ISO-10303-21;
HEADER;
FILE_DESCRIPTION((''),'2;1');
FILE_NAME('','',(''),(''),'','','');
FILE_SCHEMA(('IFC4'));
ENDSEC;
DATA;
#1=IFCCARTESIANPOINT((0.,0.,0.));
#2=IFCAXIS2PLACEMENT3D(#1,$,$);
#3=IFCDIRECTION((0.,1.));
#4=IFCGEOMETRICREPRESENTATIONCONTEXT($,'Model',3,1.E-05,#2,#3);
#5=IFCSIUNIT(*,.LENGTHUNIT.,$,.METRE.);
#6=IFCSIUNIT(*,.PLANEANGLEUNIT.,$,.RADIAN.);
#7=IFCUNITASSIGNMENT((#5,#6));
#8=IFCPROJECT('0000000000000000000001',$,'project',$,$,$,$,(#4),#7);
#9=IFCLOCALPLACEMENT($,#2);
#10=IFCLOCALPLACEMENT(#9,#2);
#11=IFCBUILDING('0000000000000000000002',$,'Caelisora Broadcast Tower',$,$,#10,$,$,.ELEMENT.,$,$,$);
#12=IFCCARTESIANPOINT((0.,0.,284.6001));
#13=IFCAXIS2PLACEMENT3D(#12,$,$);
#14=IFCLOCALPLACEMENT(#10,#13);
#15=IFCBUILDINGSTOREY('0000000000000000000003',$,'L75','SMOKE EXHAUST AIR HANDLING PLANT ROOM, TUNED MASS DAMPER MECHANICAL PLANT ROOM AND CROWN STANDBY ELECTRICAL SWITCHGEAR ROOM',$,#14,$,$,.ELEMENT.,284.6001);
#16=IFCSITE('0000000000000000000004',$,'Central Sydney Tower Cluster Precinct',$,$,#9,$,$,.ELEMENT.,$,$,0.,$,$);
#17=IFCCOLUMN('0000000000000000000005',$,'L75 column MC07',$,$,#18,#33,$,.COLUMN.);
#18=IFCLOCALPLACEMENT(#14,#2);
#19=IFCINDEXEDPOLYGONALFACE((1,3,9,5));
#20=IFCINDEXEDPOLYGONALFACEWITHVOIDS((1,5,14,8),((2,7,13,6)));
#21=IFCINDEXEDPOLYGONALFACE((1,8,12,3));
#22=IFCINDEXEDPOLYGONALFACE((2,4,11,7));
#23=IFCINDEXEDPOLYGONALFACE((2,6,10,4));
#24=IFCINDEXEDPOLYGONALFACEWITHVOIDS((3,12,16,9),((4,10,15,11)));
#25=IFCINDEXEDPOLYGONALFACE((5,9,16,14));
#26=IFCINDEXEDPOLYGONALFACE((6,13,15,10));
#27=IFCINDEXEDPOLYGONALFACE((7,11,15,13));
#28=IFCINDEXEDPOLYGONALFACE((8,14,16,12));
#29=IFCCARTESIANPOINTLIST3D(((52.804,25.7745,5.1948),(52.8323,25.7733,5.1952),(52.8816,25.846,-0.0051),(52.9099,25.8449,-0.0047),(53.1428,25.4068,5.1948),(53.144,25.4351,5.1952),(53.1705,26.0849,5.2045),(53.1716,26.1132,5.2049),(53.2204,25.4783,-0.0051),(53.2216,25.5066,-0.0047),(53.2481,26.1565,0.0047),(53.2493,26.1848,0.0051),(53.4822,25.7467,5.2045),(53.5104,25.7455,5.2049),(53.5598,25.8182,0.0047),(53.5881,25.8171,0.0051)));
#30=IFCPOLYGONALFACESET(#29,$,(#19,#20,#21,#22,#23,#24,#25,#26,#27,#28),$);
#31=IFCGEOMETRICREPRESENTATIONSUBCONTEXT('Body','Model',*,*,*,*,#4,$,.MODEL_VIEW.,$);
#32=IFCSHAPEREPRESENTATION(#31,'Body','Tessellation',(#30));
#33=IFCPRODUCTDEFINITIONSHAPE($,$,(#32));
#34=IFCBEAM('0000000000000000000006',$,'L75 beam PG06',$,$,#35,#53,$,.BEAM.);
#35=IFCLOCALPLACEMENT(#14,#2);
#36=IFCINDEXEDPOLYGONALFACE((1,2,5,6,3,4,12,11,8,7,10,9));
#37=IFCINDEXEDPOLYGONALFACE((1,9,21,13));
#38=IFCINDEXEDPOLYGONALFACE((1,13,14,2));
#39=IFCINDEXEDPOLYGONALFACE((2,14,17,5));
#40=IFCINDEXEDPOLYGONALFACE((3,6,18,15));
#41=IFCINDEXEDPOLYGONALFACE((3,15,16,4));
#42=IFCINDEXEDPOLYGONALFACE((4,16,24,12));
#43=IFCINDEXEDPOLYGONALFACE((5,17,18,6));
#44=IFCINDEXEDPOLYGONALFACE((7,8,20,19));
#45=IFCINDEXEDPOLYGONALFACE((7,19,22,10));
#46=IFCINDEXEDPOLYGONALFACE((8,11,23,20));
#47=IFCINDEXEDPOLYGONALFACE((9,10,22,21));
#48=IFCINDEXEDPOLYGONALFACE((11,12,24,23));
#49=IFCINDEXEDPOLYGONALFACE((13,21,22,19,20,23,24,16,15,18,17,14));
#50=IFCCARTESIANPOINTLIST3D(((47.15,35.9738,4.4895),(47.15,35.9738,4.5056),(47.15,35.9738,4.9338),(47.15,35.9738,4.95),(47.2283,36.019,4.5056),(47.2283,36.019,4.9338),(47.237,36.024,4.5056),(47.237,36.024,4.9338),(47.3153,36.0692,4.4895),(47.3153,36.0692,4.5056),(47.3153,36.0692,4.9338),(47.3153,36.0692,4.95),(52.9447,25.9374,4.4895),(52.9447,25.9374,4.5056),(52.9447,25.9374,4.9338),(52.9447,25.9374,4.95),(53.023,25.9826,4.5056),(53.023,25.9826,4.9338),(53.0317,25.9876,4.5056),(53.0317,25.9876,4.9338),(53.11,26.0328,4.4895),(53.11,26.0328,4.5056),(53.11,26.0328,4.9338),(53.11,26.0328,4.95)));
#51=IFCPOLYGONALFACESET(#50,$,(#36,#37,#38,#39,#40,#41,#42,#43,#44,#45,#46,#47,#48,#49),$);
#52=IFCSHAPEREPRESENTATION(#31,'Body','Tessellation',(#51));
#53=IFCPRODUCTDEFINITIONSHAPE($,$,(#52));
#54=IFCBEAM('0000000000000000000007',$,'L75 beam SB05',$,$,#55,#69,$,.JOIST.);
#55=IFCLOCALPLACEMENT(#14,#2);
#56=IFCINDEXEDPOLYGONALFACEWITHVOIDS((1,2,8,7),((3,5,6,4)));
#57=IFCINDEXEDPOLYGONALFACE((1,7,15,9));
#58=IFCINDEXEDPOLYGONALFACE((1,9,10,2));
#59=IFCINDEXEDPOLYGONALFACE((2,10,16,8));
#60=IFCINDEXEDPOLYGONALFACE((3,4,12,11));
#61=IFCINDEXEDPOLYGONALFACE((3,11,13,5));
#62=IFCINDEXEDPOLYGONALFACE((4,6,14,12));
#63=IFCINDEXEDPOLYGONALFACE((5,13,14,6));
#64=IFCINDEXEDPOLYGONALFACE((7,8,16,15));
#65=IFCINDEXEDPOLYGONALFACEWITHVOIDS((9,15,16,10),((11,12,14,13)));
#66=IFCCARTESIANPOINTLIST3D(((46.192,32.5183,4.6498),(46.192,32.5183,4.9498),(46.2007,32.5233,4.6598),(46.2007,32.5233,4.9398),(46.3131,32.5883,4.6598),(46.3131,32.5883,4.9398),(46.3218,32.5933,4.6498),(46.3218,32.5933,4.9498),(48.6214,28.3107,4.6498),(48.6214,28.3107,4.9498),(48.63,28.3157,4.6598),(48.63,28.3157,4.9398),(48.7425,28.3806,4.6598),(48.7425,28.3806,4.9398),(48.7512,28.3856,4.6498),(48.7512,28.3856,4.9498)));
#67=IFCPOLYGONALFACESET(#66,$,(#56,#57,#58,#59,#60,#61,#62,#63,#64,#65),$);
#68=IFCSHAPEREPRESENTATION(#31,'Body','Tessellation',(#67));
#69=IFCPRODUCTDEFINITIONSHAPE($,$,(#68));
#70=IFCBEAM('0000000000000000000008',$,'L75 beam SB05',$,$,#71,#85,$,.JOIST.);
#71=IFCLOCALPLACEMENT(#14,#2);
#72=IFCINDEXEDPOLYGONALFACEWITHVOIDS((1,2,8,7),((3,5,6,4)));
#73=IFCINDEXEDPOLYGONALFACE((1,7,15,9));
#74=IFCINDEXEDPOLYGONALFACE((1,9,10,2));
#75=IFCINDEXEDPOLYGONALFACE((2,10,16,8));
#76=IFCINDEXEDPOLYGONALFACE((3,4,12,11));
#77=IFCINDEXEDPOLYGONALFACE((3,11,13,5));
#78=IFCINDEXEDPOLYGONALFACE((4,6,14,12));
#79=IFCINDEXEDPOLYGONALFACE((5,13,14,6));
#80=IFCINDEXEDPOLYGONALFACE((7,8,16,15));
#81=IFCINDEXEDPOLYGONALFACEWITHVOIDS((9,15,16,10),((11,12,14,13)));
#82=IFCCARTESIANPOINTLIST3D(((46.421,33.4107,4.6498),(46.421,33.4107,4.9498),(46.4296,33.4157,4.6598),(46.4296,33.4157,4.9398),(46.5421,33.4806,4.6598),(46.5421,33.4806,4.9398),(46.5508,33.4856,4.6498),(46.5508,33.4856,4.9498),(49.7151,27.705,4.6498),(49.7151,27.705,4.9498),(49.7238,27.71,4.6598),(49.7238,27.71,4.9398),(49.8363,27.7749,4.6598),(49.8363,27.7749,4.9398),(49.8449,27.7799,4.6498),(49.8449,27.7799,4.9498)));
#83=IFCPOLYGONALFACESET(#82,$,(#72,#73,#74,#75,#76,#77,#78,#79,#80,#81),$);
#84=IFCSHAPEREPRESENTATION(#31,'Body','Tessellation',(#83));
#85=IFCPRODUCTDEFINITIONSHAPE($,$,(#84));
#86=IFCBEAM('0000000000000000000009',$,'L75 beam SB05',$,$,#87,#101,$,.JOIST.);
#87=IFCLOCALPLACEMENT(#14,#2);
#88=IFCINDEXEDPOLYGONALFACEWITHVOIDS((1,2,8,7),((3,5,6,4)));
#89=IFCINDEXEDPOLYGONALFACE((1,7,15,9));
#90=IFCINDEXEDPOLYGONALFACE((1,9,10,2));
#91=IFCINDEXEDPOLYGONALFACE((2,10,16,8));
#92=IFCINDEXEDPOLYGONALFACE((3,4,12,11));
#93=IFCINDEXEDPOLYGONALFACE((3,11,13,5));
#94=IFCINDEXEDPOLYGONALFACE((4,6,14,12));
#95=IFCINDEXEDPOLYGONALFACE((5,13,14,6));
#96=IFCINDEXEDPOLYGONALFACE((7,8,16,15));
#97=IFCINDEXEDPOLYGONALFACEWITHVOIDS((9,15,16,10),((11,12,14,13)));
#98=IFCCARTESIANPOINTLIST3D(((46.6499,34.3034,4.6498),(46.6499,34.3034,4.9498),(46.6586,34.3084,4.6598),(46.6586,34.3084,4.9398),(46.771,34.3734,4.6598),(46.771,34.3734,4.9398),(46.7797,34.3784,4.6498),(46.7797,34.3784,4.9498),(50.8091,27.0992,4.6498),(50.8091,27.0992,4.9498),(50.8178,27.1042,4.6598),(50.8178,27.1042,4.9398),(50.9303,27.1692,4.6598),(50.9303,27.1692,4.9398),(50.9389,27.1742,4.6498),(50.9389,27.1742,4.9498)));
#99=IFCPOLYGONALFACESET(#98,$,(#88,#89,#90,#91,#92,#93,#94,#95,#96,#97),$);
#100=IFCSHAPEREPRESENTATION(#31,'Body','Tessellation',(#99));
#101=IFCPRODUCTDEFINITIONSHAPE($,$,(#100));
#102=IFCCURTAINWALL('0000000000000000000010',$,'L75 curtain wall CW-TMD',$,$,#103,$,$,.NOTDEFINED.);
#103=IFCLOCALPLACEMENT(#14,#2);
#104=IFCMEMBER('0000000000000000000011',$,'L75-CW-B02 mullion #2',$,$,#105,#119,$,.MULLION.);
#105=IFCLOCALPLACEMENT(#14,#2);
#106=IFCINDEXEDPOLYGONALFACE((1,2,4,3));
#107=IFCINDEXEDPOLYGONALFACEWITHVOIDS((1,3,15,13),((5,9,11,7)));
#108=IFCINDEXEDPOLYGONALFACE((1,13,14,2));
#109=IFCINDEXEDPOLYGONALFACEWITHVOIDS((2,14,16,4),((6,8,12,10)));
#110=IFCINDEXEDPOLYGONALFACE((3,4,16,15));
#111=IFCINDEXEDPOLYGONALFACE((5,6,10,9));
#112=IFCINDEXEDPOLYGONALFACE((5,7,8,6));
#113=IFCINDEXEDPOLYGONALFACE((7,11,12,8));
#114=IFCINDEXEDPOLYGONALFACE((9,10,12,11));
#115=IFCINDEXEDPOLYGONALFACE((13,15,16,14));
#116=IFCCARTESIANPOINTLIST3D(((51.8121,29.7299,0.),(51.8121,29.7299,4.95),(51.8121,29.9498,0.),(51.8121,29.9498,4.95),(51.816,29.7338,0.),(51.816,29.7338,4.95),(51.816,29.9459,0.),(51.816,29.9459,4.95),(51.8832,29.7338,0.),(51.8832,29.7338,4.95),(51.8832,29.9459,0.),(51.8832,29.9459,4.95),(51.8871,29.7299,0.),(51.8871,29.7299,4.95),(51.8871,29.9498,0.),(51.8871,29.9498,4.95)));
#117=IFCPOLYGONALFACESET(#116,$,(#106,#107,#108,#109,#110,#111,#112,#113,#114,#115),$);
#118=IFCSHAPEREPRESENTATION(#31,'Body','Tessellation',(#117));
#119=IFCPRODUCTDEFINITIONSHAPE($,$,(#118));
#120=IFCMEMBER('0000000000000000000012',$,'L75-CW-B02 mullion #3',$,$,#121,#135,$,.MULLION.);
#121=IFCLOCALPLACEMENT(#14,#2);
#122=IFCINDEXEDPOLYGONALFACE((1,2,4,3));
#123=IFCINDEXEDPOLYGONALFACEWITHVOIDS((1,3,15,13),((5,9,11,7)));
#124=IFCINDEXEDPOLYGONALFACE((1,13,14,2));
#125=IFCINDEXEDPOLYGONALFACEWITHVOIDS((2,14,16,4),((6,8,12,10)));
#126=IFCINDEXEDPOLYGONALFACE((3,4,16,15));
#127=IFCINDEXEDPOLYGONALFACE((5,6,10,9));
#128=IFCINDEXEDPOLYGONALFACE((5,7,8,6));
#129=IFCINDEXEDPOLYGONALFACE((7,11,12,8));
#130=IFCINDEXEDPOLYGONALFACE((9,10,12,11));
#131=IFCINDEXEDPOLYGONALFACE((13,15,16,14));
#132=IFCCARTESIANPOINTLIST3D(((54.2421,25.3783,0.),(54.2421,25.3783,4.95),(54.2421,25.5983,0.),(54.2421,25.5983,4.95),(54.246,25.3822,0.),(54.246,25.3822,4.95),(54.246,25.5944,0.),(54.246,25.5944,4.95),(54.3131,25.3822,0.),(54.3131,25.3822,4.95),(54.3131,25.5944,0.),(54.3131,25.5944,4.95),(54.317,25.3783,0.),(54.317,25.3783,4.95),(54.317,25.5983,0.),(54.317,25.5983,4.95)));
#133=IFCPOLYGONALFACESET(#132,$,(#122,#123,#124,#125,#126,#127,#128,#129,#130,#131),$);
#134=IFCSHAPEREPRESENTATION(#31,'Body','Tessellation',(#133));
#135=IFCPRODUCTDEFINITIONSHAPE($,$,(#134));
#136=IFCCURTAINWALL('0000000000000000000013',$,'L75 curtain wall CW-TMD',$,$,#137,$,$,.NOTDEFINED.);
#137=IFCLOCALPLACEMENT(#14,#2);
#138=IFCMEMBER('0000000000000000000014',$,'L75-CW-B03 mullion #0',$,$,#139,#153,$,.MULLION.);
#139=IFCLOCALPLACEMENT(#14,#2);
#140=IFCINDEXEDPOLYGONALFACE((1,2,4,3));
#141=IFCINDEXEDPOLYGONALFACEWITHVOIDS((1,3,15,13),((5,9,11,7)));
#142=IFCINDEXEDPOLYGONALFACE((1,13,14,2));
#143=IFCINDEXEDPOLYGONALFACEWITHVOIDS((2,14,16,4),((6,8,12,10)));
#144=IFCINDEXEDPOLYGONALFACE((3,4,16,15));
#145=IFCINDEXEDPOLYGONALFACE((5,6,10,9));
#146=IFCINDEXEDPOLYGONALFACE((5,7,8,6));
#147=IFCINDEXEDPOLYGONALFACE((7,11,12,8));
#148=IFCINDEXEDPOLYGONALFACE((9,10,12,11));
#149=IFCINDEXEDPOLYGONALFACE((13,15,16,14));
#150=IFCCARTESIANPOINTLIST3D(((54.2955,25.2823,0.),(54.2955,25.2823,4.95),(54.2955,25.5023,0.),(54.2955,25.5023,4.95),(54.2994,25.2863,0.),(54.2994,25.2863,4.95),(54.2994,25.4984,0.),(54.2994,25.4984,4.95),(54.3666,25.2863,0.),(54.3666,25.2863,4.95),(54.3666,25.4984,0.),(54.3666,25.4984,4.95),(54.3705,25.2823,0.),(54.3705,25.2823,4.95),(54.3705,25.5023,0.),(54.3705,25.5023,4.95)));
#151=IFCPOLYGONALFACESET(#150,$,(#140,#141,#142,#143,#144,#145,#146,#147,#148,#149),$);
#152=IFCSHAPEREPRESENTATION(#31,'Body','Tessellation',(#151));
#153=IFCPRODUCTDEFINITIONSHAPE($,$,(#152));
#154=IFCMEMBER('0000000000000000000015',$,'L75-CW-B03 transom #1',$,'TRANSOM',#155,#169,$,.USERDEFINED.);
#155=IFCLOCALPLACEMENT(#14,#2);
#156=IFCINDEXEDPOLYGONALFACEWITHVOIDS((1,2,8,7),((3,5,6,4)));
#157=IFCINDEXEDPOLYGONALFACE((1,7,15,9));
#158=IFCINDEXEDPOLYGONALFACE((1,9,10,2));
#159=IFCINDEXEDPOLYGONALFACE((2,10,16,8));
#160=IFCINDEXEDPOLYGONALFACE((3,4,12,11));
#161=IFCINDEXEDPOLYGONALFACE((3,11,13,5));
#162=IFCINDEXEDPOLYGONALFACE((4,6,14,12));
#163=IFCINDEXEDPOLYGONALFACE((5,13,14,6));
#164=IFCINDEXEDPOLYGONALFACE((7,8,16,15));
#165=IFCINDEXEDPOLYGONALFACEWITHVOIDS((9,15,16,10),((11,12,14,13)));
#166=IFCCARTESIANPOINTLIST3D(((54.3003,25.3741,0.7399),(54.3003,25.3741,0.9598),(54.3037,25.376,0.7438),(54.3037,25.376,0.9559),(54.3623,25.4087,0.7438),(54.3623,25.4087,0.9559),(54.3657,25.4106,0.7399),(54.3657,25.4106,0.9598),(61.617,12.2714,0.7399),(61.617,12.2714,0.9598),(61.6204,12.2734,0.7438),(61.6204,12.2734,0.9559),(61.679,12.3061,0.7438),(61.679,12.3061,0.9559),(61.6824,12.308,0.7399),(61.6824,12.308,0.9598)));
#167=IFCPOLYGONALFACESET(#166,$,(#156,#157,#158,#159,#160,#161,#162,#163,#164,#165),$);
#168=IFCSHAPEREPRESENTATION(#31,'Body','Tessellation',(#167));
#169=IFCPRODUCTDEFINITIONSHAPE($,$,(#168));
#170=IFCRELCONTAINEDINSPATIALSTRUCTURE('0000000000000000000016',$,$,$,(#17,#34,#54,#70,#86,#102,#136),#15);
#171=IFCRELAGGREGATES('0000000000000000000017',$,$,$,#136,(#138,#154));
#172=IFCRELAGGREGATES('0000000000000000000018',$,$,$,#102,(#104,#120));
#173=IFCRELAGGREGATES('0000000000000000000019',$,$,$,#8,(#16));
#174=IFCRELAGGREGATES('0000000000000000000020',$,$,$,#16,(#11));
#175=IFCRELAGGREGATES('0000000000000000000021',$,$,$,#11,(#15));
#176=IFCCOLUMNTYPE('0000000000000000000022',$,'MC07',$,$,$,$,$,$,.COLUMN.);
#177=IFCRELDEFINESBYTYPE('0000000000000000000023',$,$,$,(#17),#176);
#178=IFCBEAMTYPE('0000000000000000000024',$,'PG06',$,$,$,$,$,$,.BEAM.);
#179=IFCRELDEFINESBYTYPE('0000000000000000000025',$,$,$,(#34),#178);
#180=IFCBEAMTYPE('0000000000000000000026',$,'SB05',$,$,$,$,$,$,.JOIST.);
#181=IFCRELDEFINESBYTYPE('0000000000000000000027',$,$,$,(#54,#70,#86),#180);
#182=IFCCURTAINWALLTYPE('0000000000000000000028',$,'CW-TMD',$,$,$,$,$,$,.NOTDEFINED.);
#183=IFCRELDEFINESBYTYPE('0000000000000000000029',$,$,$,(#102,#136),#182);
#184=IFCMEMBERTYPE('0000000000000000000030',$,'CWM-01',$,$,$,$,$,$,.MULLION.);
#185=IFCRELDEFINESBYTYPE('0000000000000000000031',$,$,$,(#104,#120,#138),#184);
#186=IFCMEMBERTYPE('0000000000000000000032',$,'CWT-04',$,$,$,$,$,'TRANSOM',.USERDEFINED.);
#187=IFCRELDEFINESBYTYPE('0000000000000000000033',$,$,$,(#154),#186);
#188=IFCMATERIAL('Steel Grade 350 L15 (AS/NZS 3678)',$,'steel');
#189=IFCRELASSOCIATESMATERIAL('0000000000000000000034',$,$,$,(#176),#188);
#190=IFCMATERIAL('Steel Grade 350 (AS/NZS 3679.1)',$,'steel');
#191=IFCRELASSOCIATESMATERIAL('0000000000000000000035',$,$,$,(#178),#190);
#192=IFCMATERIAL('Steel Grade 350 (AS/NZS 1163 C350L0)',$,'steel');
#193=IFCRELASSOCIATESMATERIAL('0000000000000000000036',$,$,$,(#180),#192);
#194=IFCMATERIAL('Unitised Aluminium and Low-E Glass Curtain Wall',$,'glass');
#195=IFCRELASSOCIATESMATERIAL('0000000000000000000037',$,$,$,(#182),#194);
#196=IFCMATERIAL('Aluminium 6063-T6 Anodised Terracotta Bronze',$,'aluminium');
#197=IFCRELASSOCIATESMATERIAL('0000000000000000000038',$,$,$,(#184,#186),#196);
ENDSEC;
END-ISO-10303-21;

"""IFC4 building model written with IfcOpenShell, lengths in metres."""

from ifc_helpers import new_model, si_unit, direction, frame, origin, origin_2d, place, context, subcontext, project, spatial, hollow_rectangle, i_section, extrude, source, transform, mapped, material, material_profile, profile_set, type_object, type_shapes, element, aggregate, save


model = new_model("IFC4")

# Units and contexts
model_context = context("Model", 3, precision=1e-05, world=origin(), true_north=direction((0.0, 1.0)))
body_context = subcontext(model_context, "Body", "Model", "MODEL_VIEW")
ifc_project = project(units=[si_unit("LENGTHUNIT", "METRE"), si_unit("PLANEANGLEUNIT", "RADIAN")], contexts=[model_context])

# Site, building, storey
site_placement = place(None, origin())
site = spatial("IfcSite", under=ifc_project, at=site_placement, Name="Central Sydney Tower Cluster Precinct", CompositionType="ELEMENT", RefElevation=0.0)
building_placement = place(site_placement, origin())
building = spatial("IfcBuilding", under=site, at=building_placement, Name="Caelisora Broadcast Tower", CompositionType="ELEMENT")
storey_placement = place(building_placement, frame((0.0, 0.0, 284.6001)))
storey = spatial("IfcBuildingStorey", under=building, at=storey_placement, Name="L75", Description="SMOKE EXHAUST AIR HANDLING PLANT ROOM, TUNED MASS DAMPER MECHANICAL PLANT ROOM AND CROWN STANDBY ELECTRICAL SWITCHGEAR ROOM", CompositionType="ELEMENT", Elevation=284.6001)

# Column
ifc_material_1 = material(Name="Steel Grade 350 L15 (AS/NZS 3678)", Category="steel")
ifc_material_profile_1 = material_profile(ifc_material_1, hollow_rectangle(XDim=0.5, YDim=0.5, WallThickness=0.02, at=origin_2d()), Name="Steel Grade 350 L15 (AS/NZS 3678)")
ifc_profile_set_1 = profile_set([ifc_material_profile_1], Name="Steel Grade 350 L15 (AS/NZS 3678)")
column_type = type_object("IfcColumnType", Name="MC07", PredefinedType="COLUMN", material=ifc_profile_set_1)
shared_shape_1 = source(origin(), body_context, "Body", "SweptSolid", [
    extrude(hollow_rectangle(XDim=0.5, YDim=0.5, WallThickness=0.02, at=origin_2d()), origin(), (0.0, 0.0, 1.0), 5.2009),
])
type_shapes(column_type, [shared_shape_1])
column_placement = place(storey_placement, frame((53.2349, 25.8315, 0.0), z_axis=(-0.014927, -0.013754, 0.999794), x_axis=(0.677607, -0.735424, 0.0)))
element("IfcColumn", 1, at=column_placement, inside=storey, type_object=column_type, Name="L75 column MC07", PredefinedType="COLUMN", context=body_context, shape_type="MappedRepresentation", body=[
    mapped(shared_shape_1, transform((0.0, 0.0, 0.0), scale=1.0)),
])

# Beams
ifc_material_2 = material(Name="Steel Grade 350 (AS/NZS 3679.1)", Category="steel")
ifc_material_profile_2 = material_profile(ifc_material_2, i_section(OverallWidth=0.1909, OverallDepth=0.4604, WebThickness=0.01, FlangeThickness=0.0161, at=origin_2d()), Name="Steel Grade 350 (AS/NZS 3679.1)")
ifc_profile_set_2 = profile_set([ifc_material_profile_2], Name="Steel Grade 350 (AS/NZS 3679.1)")
beam_type_1 = type_object("IfcBeamType", Name="PG06", PredefinedType="BEAM", material=ifc_profile_set_2)
shared_shape_2 = source(origin(), body_context, "Body", "SweptSolid", [
    extrude(i_section(OverallWidth=0.1909, OverallDepth=0.4604, WebThickness=0.01, FlangeThickness=0.0161, at=origin_2d()), origin(), (0.0, 0.0, 1.0), 11.5891),
])
type_shapes(beam_type_1, [shared_shape_2])
beam_1_placement = place(storey_placement, frame((53.0273, 25.9851, 4.7197), z_axis=(-0.500011, 0.866019, 0.0), x_axis=(-0.866019, -0.500011, 0.0)))
element("IfcBeam", 2, at=beam_1_placement, inside=storey, type_object=beam_type_1, Name="L75 beam PG06", PredefinedType="BEAM", context=body_context, shape_type="MappedRepresentation", body=[
    mapped(shared_shape_2, transform((0.0, 0.0, 0.0), scale=1.0)),
])
ifc_material_3 = material(Name="Steel Grade 350 (AS/NZS 1163 C350L0)", Category="steel")
ifc_material_profile_3 = material_profile(ifc_material_3, hollow_rectangle(XDim=0.1499, YDim=0.3, WallThickness=0.01, at=origin_2d()), Name="Steel Grade 350 (AS/NZS 1163 C350L0)")
ifc_profile_set_3 = profile_set([ifc_material_profile_3], Name="Steel Grade 350 (AS/NZS 1163 C350L0)")
beam_type_2 = type_object("IfcBeamType", Name="SB05", PredefinedType="JOIST", material=ifc_profile_set_3)
shared_shape_3 = source(origin(), body_context, "Body", "SweptSolid", [
    extrude(hollow_rectangle(XDim=0.1499, YDim=0.3, WallThickness=0.01, at=origin_2d()), origin(), (0.0, 0.0, 1.0), 4.8586),
])
beam_2_placement = place(storey_placement, frame((48.6863, 28.3481, 4.7998), z_axis=(-0.500014, 0.866017, 0.0), x_axis=(-0.866017, -0.500014, 0.0)))
element("IfcBeam", 3, at=beam_2_placement, inside=storey, type_object=beam_type_2, Name="L75 beam SB05", PredefinedType="JOIST", context=body_context, shape_type="MappedRepresentation", body=[
    mapped(shared_shape_3, transform((0.0, 0.0, 0.0), scale=1.0)),
])
shared_shape_4 = source(origin(), body_context, "Body", "SweptSolid", [
    extrude(hollow_rectangle(XDim=0.1499, YDim=0.3, WallThickness=0.01, at=origin_2d()), origin(), (0.0, 0.0, 1.0), 6.5884),
])
beam_3_placement = place(storey_placement, frame((49.78, 27.7424, 4.7998), z_axis=(-0.499993, 0.866029, 0.0), x_axis=(-0.866029, -0.499993, 0.0)))
element("IfcBeam", 4, at=beam_3_placement, inside=storey, type_object=beam_type_2, Name="L75 beam SB05", PredefinedType="JOIST", context=body_context, shape_type="MappedRepresentation", body=[
    mapped(shared_shape_4, transform((0.0, 0.0, 0.0), scale=1.0)),
])
shared_shape_5 = source(origin(), body_context, "Body", "SweptSolid", [
    extrude(hollow_rectangle(XDim=0.1499, YDim=0.3, WallThickness=0.01, at=origin_2d()), origin(), (0.0, 0.0, 1.0), 8.3186),
])
type_shapes(beam_type_2, [shared_shape_3, shared_shape_4, shared_shape_5])
beam_4_placement = place(storey_placement, frame((50.874, 27.1367, 4.7998), z_axis=(-0.49999, 0.866031, 0.0), x_axis=(-0.866031, -0.49999, 0.0)))
element("IfcBeam", 5, at=beam_4_placement, inside=storey, type_object=beam_type_2, Name="L75 beam SB05", PredefinedType="JOIST", context=body_context, shape_type="MappedRepresentation", body=[
    mapped(shared_shape_5, transform((0.0, 0.0, 0.0), scale=1.0)),
])

# Curtain walls, members
ifc_material_4 = material(Name="Unitised Aluminium and Low-E Glass Curtain Wall", Category="glass")
curtain_wall_type = type_object("IfcCurtainWallType", Name="CW-TMD", PredefinedType="NOTDEFINED", material=ifc_material_4)
curtain_wall_1_placement = place(storey_placement, origin())
curtain_wall_1 = element("IfcCurtainWall", 6, at=curtain_wall_1_placement, inside=storey, type_object=curtain_wall_type, Name="L75 curtain wall CW-TMD", PredefinedType="NOTDEFINED")
ifc_material_5 = material(Name="Aluminium 6063-T6 Anodised Terracotta Bronze", Category="aluminium")
ifc_material_profile_4 = material_profile(ifc_material_5, hollow_rectangle(XDim=0.075, YDim=0.22, WallThickness=0.0039, at=origin_2d()), Name="Aluminium 6063-T6 Anodised Terracotta Bronze")
ifc_profile_set_4 = profile_set([ifc_material_profile_4], Name="Aluminium 6063-T6 Anodised Terracotta Bronze")
member_type_1 = type_object("IfcMemberType", Name="CWM-01", PredefinedType="MULLION", material=ifc_profile_set_4)
shared_shape_6 = source(origin(), body_context, "Body", "SweptSolid", [
    extrude(hollow_rectangle(XDim=0.075, YDim=0.22, WallThickness=0.0039, at=origin_2d()), origin(), (0.0, 0.0, 1.0), 4.95),
])
type_shapes(member_type_1, [shared_shape_6])
member_1_placement = place(storey_placement, frame((51.8496, 29.8398, 0.0), z_axis=(0.0, 0.0, 1.0), x_axis=(1.0, 0.0, 0.0)))
member_1 = element("IfcMember", 7, at=member_1_placement, type_object=member_type_1, Name="L75-CW-B02 mullion #2", PredefinedType="MULLION", context=body_context, shape_type="MappedRepresentation", body=[
    mapped(shared_shape_6, transform((0.0, 0.0, 0.0), scale=1.0)),
])
member_2_placement = place(storey_placement, frame((54.2795, 25.4883, 0.0), z_axis=(0.0, 0.0, 1.0), x_axis=(1.0, 0.0, 0.0)))
member_2 = element("IfcMember", 8, at=member_2_placement, type_object=member_type_1, Name="L75-CW-B02 mullion #3", PredefinedType="MULLION", context=body_context, shape_type="MappedRepresentation", body=[
    mapped(shared_shape_6, transform((0.0, 0.0, 0.0), scale=1.0)),
])
curtain_wall_2_placement = place(storey_placement, origin())
curtain_wall_2 = element("IfcCurtainWall", 9, at=curtain_wall_2_placement, inside=storey, type_object=curtain_wall_type, Name="L75 curtain wall CW-TMD", PredefinedType="NOTDEFINED")
member_3_placement = place(storey_placement, frame((54.333, 25.3923, 0.0), z_axis=(0.0, 0.0, 1.0), x_axis=(1.0, 0.0, 0.0)))
member_3 = element("IfcMember", 10, at=member_3_placement, type_object=member_type_1, Name="L75-CW-B03 mullion #0", PredefinedType="MULLION", context=body_context, shape_type="MappedRepresentation", body=[
    mapped(shared_shape_6, transform((0.0, 0.0, 0.0), scale=1.0)),
])
ifc_material_profile_5 = material_profile(ifc_material_5, hollow_rectangle(XDim=0.075, YDim=0.22, WallThickness=0.0039, at=origin_2d()), Name="Aluminium 6063-T6 Anodised Terracotta Bronze")
ifc_profile_set_5 = profile_set([ifc_material_profile_5], Name="Aluminium 6063-T6 Anodised Terracotta Bronze")
member_type_2 = type_object("IfcMemberType", Name="CWT-04", ElementType="TRANSOM", PredefinedType="USERDEFINED", material=ifc_profile_set_5)
shared_shape_7 = source(origin(), body_context, "Body", "SweptSolid", [
    extrude(hollow_rectangle(XDim=0.075, YDim=0.22, WallThickness=0.0039, at=origin_2d()), origin(), (0.0, 0.0, 1.0), 15.0071),
])
type_shapes(member_type_2, [shared_shape_7])
member_4_placement = place(storey_placement, frame((54.333, 25.3923, 0.8499), z_axis=(0.487549, -0.873095, 0.0), x_axis=(0.873095, 0.487549, 0.0)))
member_4 = element("IfcMember", 11, at=member_4_placement, type_object=member_type_2, Name="L75-CW-B03 transom #1", ObjectType="TRANSOM", PredefinedType="USERDEFINED", context=body_context, shape_type="MappedRepresentation", body=[
    mapped(shared_shape_7, transform((0.0, 0.0, 0.0), scale=1.0)),
])

aggregate(curtain_wall_2, [member_3, member_4])
aggregate(curtain_wall_1, [member_1, member_2])

save(model, "model.ifc")
